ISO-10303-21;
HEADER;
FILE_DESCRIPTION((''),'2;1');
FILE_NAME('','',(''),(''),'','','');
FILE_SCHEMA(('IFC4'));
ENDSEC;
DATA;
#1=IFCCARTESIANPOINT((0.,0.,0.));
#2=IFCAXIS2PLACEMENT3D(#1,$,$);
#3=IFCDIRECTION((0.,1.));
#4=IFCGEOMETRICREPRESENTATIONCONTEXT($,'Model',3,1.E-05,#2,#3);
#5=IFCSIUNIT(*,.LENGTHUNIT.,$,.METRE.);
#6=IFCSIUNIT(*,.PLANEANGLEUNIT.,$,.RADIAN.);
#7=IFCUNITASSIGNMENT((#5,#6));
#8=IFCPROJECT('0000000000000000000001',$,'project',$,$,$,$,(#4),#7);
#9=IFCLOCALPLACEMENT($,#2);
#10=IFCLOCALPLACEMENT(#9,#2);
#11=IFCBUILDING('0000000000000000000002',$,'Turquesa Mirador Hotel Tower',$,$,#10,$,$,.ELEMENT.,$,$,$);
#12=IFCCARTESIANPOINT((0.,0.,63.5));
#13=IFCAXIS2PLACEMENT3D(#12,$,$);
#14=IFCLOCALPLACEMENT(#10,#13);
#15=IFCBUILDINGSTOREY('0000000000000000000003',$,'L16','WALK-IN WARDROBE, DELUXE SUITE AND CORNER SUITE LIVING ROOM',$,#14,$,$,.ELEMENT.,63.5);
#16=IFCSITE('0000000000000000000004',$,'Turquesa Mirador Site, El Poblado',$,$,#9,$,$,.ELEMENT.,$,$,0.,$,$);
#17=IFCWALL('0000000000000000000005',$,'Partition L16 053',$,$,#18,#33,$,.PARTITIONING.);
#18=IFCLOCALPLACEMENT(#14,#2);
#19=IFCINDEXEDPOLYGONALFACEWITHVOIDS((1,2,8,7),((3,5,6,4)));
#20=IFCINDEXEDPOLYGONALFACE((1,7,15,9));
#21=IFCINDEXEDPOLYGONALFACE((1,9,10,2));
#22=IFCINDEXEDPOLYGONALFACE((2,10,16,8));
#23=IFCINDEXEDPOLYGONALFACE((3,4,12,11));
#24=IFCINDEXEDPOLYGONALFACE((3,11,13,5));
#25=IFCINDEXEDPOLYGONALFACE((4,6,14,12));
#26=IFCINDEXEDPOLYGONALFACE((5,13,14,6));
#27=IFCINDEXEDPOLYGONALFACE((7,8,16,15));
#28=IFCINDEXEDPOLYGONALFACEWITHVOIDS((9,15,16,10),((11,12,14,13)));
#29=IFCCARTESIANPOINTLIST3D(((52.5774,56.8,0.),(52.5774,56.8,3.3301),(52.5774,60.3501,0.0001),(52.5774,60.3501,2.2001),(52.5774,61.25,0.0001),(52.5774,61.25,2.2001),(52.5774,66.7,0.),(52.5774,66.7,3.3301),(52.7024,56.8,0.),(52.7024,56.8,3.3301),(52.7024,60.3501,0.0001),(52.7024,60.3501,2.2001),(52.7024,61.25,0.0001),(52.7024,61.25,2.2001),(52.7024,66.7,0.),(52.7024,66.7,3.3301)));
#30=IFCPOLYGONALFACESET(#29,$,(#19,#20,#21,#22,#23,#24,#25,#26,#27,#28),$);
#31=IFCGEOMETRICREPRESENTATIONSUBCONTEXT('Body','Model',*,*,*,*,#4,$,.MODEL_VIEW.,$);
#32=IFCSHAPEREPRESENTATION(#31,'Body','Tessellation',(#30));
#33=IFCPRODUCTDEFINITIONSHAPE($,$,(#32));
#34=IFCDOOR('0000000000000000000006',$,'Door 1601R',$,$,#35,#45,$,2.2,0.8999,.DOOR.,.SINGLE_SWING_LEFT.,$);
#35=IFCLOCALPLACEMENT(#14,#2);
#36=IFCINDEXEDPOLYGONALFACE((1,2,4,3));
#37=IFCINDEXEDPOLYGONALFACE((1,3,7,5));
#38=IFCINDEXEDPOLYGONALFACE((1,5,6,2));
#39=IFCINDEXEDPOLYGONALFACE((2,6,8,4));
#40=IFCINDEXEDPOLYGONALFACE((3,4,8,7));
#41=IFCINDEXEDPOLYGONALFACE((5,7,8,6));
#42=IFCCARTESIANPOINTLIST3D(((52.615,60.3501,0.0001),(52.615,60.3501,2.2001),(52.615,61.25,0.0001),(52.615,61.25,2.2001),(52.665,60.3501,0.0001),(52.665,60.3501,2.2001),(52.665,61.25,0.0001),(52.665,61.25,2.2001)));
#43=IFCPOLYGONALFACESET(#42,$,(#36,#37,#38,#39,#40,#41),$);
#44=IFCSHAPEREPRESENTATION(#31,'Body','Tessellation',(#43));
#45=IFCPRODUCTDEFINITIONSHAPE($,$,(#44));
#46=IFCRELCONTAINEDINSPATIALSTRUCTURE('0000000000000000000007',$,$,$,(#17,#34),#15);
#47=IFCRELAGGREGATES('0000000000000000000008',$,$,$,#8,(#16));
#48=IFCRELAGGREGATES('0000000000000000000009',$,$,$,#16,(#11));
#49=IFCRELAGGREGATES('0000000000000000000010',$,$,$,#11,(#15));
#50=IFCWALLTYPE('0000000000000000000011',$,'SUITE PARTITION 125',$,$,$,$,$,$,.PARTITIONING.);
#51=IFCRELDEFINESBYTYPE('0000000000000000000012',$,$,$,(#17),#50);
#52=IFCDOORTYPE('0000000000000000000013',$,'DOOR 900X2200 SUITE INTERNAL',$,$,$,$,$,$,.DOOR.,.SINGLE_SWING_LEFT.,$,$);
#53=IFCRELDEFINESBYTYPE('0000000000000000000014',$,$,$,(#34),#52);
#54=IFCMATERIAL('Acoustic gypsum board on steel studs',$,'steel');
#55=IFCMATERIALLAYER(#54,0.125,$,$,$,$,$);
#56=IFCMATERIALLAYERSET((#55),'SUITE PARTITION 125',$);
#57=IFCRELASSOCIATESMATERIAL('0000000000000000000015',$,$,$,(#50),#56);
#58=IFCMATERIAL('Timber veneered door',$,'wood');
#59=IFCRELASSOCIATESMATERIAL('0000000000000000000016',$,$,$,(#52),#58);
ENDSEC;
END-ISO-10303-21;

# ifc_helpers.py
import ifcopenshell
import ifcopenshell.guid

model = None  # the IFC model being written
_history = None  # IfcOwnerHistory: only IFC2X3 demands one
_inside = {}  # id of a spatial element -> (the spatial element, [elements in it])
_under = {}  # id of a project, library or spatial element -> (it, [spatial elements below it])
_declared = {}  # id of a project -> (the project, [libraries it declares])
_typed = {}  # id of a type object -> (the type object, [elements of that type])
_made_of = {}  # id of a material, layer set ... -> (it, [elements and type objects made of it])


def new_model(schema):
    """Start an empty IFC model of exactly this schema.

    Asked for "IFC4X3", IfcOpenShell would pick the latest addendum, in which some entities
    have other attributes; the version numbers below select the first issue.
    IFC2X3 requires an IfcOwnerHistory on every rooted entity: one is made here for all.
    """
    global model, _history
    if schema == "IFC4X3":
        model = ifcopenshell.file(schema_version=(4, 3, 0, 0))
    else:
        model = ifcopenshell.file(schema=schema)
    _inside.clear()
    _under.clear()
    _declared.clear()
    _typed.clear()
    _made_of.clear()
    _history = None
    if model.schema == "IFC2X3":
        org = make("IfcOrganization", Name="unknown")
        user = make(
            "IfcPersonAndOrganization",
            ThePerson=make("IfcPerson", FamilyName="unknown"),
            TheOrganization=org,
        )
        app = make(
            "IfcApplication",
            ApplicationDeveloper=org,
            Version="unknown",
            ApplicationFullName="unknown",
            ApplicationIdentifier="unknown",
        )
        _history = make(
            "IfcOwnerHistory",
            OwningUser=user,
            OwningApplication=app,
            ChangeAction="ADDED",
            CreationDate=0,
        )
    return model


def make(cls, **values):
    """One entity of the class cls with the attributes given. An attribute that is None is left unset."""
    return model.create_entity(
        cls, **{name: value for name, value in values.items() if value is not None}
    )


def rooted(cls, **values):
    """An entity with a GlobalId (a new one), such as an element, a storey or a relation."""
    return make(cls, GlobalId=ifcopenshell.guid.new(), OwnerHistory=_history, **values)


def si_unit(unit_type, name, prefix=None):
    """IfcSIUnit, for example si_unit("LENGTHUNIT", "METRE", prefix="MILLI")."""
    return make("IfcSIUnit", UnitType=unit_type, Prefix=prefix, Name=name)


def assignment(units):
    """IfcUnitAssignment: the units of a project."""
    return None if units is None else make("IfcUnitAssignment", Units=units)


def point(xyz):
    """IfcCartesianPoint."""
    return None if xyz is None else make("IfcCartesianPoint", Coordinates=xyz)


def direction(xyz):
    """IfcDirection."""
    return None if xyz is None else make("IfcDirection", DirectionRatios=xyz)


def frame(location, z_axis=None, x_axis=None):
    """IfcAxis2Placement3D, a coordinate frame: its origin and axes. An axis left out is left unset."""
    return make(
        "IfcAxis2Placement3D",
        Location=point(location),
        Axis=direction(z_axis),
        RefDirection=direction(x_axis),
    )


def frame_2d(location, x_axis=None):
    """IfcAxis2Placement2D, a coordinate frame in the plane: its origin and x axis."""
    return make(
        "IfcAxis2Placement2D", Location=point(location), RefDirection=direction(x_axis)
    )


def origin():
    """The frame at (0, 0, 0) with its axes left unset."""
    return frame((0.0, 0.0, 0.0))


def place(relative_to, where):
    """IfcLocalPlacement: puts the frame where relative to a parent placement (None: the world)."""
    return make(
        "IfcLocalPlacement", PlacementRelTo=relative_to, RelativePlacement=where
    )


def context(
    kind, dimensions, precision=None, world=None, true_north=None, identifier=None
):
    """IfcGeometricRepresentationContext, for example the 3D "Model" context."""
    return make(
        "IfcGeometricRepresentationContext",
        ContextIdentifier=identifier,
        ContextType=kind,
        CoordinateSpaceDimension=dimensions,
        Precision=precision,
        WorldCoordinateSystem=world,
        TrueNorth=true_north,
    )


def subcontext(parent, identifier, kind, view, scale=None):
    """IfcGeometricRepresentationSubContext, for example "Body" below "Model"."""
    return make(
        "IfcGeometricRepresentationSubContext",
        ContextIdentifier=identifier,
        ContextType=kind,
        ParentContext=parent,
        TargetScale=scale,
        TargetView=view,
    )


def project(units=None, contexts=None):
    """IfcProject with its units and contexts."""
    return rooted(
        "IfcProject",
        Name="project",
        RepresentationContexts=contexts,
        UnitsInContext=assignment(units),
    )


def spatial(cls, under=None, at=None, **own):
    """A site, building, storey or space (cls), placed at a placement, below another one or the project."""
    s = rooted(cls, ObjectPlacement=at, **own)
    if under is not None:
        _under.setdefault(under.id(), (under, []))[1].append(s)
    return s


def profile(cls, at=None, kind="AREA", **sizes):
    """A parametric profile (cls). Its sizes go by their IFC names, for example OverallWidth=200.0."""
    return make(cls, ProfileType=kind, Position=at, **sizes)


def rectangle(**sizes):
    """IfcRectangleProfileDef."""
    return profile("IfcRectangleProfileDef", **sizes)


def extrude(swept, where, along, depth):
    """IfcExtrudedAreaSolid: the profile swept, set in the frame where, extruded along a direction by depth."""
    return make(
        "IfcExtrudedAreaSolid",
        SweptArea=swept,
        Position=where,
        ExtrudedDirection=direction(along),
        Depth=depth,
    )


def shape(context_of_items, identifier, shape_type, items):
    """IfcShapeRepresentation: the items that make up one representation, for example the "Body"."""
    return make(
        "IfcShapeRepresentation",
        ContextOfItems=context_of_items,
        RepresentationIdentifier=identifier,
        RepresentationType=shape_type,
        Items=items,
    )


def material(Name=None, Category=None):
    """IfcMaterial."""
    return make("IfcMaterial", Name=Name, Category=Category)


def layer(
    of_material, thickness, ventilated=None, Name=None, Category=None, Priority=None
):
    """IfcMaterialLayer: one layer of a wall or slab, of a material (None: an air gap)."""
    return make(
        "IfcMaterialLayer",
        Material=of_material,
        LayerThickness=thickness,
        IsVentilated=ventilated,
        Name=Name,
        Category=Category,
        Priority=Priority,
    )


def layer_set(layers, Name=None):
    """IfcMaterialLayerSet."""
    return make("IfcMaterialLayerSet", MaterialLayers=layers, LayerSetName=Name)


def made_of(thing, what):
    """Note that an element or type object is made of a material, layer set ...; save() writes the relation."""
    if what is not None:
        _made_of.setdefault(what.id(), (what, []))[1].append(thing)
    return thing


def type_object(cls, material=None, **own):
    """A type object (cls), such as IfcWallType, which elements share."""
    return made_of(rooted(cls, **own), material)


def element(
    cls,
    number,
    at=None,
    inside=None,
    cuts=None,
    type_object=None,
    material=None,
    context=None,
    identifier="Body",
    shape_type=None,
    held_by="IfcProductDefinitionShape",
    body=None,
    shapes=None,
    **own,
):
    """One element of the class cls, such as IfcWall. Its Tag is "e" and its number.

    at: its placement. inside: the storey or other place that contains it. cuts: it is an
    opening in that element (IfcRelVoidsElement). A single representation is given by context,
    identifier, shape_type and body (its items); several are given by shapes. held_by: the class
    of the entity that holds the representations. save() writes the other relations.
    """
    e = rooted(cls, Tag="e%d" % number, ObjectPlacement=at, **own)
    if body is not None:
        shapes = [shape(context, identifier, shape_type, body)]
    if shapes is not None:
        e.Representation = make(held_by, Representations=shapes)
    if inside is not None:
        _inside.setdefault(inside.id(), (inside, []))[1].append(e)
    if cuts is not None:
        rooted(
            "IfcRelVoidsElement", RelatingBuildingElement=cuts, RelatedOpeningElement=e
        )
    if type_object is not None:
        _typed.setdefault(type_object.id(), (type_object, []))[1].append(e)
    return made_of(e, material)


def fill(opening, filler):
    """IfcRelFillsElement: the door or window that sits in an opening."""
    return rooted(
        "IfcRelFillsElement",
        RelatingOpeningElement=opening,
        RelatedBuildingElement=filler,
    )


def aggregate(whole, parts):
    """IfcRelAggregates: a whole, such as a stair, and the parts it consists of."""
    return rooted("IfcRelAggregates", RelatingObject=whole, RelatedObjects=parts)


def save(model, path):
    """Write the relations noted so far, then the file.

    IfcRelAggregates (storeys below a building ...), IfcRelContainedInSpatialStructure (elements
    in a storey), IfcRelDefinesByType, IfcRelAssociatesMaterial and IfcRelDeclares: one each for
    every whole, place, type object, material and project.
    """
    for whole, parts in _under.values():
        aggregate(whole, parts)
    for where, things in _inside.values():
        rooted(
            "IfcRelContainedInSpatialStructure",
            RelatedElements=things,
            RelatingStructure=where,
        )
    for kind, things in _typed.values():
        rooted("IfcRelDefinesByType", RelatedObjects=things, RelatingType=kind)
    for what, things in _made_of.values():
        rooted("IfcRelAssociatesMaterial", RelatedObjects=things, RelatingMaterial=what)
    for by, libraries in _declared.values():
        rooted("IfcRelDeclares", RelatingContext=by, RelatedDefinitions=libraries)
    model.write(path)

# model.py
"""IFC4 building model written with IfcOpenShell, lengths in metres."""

from ifc_helpers import new_model, si_unit, direction, frame, frame_2d, origin, place, context, subcontext, project, spatial, rectangle, extrude, material, layer, layer_set, type_object, element, fill, save


model = new_model("IFC4")

# Units and contexts
model_context = context("Model", 3, precision=1e-05, world=origin(), true_north=direction((0.0, 1.0)))
body_context = subcontext(model_context, "Body", "Model", "MODEL_VIEW")
ifc_project = project(units=[si_unit("LENGTHUNIT", "METRE"), si_unit("PLANEANGLEUNIT", "RADIAN")], contexts=[model_context])

# Site, building, storey
site_placement = place(None, origin())
site = spatial("IfcSite", under=ifc_project, at=site_placement, Name="Turquesa Mirador Site, El Poblado", CompositionType="ELEMENT", RefElevation=0.0)
building_placement = place(site_placement, origin())
building = spatial("IfcBuilding", under=site, at=building_placement, Name="Turquesa Mirador Hotel Tower", CompositionType="ELEMENT")
storey_placement = place(building_placement, frame((0.0, 0.0, 63.5)))
storey = spatial("IfcBuildingStorey", under=building, at=storey_placement, Name="L16", Description="WALK-IN WARDROBE, DELUXE SUITE AND CORNER SUITE LIVING ROOM", CompositionType="ELEMENT", Elevation=63.5)

# Wall, opening, door
ifc_material_1 = material(Name="Acoustic gypsum board on steel studs", Category="steel")
ifc_layer_1 = layer(ifc_material_1, 0.125)
ifc_layer_set_1 = layer_set([ifc_layer_1], Name="SUITE PARTITION 125")
wall_type_1 = type_object("IfcWallType", Name="SUITE PARTITION 125", PredefinedType="PARTITIONING", material=ifc_layer_set_1)
wall_1_placement = place(storey_placement, frame((52.6399, 56.8, 0.0), z_axis=(0.0, 0.0, 1.0), x_axis=(0.0, 1.0, 0.0)))
wall_1 = element("IfcWall", 1, at=wall_1_placement, inside=storey, type_object=wall_type_1, Name="Partition L16 053", PredefinedType="PARTITIONING", context=body_context, shape_type="SweptSolid", body=[
    extrude(rectangle(XDim=9.8999, YDim=0.125, at=frame_2d((4.95, 0.0))), origin(), (0.0, 0.0, 1.0), 3.3301),
])
opening_1_placement = place(wall_1_placement, frame((3.55, 0.0, 0.0)))
opening_1 = element("IfcOpeningElement", 2, at=opening_1_placement, cuts=wall_1, PredefinedType="OPENING", context=body_context, shape_type="SweptSolid", body=[
    extrude(rectangle(XDim=0.8999, YDim=2.2, at=frame_2d((0.45, 1.1001))), frame((0.0, 0.0725, 0.0), z_axis=(0.0, -1.0, 0.0), x_axis=(1.0, 0.0, 0.0)), (0.0, 0.0, 1.0), 0.145),
])
ifc_material_2 = material(Name="Timber veneered door", Category="wood")
door_type_1 = type_object("IfcDoorType", Name="DOOR 900X2200 SUITE INTERNAL", OperationType="SINGLE_SWING_LEFT", PredefinedType="DOOR", material=ifc_material_2)
door_1_placement = place(opening_1_placement, origin())
door_1 = element("IfcDoor", 3, at=door_1_placement, inside=storey, type_object=door_type_1, Name="Door 1601R", OperationType="SINGLE_SWING_LEFT", OverallHeight=2.2, OverallWidth=0.8999, PredefinedType="DOOR", context=body_context, shape_type="SweptSolid", body=[
    extrude(rectangle(XDim=0.8999, YDim=2.2, at=frame_2d((0.45, 1.1001))), frame((0.0, 0.0249, 0.0), z_axis=(0.0, -1.0, 0.0), x_axis=(1.0, 0.0, 0.0)), (0.0, 0.0, 1.0), 0.05),
])
fill(opening_1, door_1)

save(model, "model.ifc")
